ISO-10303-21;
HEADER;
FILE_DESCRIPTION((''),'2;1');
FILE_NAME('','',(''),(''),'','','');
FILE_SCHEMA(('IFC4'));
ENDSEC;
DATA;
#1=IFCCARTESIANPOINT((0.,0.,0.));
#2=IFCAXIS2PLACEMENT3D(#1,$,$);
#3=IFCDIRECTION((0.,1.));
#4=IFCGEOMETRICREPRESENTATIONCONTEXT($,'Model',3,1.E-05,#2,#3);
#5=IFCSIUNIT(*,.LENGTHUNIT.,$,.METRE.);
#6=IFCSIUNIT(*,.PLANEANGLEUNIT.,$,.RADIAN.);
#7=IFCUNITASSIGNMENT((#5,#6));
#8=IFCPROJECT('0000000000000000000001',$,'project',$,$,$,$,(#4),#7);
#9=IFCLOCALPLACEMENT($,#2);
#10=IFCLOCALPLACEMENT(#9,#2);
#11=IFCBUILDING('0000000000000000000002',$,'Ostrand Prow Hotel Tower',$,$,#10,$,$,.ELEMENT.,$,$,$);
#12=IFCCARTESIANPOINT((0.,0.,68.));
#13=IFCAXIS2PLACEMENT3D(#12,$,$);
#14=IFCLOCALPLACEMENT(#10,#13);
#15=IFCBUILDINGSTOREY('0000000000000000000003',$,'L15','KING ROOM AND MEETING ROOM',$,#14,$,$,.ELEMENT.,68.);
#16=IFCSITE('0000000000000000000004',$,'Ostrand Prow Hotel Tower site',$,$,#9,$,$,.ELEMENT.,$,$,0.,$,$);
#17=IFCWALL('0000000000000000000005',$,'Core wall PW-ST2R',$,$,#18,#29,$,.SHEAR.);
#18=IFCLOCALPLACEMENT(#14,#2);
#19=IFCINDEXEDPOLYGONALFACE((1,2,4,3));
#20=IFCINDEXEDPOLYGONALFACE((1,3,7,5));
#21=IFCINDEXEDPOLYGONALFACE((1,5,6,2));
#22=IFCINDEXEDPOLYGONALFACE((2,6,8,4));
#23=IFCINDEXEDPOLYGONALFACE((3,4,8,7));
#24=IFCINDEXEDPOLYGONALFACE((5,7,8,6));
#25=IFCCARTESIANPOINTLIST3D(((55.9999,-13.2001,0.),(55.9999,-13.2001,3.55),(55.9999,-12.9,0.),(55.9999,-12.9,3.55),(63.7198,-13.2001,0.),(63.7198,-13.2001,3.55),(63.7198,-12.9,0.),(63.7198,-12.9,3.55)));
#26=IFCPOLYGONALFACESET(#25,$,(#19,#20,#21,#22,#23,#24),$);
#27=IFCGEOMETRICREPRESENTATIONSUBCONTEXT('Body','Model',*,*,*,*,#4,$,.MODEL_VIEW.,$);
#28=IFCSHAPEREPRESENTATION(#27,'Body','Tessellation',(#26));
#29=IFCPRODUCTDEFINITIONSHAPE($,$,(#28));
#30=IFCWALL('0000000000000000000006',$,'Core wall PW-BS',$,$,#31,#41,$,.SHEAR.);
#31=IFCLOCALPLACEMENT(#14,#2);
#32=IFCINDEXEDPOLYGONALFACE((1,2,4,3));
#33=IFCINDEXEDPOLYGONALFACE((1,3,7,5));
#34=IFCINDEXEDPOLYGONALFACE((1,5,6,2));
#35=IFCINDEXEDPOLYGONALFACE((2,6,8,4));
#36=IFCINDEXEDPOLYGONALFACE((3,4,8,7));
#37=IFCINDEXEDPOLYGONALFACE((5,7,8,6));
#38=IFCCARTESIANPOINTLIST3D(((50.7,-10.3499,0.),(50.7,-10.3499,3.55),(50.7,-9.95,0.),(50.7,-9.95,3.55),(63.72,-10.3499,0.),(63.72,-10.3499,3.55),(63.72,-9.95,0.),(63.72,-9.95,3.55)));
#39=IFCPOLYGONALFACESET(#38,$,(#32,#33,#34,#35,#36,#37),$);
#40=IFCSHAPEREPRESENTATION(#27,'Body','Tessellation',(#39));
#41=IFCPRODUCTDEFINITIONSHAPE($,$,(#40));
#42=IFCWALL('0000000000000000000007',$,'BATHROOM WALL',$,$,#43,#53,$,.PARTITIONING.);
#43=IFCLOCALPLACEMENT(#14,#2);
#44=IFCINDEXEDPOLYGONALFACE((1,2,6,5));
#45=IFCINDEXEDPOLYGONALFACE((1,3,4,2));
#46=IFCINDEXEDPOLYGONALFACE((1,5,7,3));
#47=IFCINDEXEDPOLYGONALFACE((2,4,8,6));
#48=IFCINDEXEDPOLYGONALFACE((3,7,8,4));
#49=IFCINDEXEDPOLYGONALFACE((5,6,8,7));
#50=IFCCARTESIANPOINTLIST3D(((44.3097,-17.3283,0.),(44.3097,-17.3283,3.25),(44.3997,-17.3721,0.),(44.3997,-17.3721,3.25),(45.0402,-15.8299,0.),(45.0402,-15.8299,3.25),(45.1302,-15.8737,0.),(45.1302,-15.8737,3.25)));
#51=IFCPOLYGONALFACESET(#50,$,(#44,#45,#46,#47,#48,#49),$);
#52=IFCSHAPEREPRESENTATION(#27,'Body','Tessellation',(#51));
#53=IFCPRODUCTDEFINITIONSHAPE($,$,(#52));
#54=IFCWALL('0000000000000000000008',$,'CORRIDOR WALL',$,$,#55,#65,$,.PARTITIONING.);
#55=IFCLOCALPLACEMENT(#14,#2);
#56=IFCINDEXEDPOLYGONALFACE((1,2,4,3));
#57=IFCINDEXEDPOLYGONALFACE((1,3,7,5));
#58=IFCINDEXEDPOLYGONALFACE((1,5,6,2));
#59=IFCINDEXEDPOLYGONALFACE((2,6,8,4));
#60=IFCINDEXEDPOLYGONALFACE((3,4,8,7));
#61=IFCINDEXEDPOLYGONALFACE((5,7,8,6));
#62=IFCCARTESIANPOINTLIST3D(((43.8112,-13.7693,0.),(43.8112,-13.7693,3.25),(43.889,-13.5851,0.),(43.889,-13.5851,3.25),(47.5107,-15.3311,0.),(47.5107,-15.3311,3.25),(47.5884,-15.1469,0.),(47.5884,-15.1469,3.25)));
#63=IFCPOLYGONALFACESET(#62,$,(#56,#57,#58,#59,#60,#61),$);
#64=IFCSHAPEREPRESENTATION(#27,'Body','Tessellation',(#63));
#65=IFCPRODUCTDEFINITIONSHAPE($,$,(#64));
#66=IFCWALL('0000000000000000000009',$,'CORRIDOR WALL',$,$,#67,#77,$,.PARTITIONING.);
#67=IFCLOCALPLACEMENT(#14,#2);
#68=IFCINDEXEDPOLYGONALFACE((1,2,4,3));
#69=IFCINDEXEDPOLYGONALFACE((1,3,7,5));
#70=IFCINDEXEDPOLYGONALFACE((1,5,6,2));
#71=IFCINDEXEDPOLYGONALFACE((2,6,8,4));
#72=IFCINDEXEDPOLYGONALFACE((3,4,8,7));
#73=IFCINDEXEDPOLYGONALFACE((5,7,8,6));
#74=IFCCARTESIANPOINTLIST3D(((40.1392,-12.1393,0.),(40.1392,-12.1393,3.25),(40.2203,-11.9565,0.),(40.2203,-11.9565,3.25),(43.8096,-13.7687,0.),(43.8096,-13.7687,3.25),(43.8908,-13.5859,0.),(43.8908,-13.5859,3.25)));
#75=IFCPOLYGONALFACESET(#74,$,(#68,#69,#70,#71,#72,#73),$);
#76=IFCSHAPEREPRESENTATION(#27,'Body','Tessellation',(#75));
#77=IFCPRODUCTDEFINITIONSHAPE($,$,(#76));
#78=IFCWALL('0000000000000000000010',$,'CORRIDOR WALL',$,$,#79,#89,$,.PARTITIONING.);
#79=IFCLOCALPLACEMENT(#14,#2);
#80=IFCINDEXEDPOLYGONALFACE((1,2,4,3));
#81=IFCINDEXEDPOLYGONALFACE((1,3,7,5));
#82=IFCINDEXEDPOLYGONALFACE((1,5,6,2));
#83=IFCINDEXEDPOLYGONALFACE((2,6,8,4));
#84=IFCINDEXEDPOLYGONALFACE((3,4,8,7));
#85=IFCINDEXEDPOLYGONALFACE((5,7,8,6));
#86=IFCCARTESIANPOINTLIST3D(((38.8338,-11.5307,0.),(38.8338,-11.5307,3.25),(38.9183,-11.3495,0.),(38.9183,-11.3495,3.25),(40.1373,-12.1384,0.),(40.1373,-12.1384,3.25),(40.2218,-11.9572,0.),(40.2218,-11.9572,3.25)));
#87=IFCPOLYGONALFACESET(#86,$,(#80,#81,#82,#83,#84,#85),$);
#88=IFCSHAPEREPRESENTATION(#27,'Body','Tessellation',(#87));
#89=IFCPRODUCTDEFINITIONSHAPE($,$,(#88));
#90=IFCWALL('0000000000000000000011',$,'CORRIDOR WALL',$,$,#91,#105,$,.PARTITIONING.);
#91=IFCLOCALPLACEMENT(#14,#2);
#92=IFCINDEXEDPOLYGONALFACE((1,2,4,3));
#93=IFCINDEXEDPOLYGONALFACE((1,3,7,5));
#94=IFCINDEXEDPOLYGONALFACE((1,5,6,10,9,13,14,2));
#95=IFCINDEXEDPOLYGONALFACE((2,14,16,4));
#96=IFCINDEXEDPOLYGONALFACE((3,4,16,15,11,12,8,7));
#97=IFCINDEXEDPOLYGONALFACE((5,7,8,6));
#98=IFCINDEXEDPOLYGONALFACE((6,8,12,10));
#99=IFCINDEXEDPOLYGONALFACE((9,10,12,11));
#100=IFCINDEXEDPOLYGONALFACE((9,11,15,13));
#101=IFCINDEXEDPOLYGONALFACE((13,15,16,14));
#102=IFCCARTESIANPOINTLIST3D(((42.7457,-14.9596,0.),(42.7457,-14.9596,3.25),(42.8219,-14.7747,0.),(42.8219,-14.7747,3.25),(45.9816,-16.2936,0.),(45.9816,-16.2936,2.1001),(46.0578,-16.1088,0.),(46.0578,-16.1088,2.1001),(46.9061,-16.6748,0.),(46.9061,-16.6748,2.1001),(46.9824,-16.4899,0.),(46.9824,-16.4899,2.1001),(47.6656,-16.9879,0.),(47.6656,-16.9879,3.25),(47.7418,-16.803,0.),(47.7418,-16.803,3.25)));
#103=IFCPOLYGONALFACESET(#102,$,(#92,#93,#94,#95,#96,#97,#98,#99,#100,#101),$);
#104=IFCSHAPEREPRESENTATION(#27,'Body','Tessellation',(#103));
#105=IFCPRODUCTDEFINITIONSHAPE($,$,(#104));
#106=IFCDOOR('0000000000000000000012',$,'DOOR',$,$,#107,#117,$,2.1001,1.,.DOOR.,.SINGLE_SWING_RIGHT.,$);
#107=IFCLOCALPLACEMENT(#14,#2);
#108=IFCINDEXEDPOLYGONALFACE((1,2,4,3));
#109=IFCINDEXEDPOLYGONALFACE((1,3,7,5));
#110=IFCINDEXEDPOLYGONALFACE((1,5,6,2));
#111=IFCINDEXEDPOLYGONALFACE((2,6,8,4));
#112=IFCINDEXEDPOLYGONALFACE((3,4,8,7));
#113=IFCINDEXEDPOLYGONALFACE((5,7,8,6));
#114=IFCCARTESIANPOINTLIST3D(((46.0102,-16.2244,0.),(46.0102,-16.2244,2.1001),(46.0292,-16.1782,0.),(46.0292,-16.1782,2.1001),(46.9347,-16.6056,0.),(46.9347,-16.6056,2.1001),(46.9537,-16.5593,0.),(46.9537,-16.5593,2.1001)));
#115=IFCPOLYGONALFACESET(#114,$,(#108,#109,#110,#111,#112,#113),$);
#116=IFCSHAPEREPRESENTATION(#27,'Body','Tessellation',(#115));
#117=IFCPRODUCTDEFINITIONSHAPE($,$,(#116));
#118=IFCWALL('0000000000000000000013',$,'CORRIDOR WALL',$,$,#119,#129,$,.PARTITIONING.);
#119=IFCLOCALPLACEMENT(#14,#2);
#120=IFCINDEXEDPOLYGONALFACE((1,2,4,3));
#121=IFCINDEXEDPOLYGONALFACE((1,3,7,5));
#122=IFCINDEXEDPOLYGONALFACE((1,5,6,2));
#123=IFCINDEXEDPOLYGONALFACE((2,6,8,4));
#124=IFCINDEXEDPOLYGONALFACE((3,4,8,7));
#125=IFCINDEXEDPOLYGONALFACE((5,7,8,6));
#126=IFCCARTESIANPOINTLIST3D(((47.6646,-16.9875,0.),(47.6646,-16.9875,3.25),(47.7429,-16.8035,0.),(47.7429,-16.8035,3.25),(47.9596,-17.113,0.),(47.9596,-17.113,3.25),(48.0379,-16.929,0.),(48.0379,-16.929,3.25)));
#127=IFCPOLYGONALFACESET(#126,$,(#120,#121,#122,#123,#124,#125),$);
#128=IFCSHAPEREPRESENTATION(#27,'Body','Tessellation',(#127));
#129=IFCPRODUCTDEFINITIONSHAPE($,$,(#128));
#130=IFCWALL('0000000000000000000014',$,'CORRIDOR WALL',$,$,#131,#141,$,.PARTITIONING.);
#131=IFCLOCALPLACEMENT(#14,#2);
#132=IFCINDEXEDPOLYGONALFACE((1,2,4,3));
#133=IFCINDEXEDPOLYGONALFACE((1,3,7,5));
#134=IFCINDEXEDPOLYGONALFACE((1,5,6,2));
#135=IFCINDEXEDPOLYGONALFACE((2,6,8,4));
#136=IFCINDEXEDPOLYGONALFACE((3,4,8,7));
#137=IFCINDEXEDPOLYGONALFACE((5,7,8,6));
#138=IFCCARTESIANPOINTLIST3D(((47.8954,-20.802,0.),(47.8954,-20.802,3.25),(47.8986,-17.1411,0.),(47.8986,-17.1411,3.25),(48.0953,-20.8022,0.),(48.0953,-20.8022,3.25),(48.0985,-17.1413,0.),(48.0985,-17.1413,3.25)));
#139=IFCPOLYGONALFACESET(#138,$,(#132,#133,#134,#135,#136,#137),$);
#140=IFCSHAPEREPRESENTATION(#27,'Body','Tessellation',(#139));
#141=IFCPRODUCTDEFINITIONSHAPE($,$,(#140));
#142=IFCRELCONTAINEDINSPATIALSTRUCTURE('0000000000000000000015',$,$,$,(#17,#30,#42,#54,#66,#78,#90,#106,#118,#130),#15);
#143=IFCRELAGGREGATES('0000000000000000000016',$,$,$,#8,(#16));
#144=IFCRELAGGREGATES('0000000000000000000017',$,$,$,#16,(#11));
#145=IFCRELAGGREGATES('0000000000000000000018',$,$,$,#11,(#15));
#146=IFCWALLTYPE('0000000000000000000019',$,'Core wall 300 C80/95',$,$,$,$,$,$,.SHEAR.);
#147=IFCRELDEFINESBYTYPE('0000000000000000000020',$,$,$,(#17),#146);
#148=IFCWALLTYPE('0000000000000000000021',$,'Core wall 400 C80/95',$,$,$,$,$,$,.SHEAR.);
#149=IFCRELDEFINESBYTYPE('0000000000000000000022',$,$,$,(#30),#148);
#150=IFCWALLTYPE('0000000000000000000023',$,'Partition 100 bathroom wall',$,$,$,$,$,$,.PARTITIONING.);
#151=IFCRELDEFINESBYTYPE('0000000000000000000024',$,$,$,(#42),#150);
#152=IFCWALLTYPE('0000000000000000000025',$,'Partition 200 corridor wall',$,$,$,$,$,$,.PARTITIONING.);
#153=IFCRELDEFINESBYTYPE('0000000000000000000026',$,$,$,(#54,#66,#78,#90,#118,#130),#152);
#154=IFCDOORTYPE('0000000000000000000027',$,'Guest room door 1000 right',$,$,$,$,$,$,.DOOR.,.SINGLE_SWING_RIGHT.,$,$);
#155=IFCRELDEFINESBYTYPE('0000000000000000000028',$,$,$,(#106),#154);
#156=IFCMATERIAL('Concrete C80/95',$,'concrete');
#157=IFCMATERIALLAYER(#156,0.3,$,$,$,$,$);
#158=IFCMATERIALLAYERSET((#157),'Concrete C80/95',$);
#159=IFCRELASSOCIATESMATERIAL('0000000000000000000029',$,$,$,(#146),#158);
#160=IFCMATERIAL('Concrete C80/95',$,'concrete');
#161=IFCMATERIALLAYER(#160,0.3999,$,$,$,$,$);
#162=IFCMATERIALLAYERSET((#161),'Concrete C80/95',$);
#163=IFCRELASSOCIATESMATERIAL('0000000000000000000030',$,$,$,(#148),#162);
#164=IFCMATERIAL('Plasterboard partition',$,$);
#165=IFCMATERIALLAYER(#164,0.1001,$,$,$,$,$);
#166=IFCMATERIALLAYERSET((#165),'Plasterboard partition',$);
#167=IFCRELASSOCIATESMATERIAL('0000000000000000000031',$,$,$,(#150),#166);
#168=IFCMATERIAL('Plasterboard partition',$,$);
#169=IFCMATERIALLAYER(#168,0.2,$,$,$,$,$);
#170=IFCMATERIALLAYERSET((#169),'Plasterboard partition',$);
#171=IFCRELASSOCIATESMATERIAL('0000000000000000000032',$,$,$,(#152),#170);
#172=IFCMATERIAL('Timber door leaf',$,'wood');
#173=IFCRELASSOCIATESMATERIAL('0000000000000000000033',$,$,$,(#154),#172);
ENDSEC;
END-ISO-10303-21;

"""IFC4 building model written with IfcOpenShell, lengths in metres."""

from ifc_helpers import new_model, si_unit, direction, frame, frame_2d, origin, place, context, subcontext, project, spatial, rectangle, extrude, material, layer, layer_set, type_object, element, fill, save


model = new_model("IFC4")

# Units and contexts
model_context = context("Model", 3, precision=1e-05, world=origin(), true_north=direction((0.0, 1.0)))
body_context = subcontext(model_context, "Body", "Model", "MODEL_VIEW")
ifc_project = project(units=[si_unit("LENGTHUNIT", "METRE"), si_unit("PLANEANGLEUNIT", "RADIAN")], contexts=[model_context])

# Site, building, storey
site_placement = place(None, origin())
site = spatial("IfcSite", under=ifc_project, at=site_placement, Name="Ostrand Prow Hotel Tower site", CompositionType="ELEMENT", RefElevation=0.0)
building_placement = place(site_placement, origin())
building = spatial("IfcBuilding", under=site, at=building_placement, Name="Ostrand Prow Hotel Tower", CompositionType="ELEMENT")
storey_placement = place(building_placement, frame((0.0, 0.0, 68.0)))
storey = spatial("IfcBuildingStorey", under=building, at=storey_placement, Name="L15", Description="KING ROOM AND MEETING ROOM", CompositionType="ELEMENT", Elevation=68.0)

# Shared definitions
ifc_material_1 = material(Name="Concrete C80/95", Category="concrete")
ifc_layer_1 = layer(ifc_material_1, 0.3)
ifc_layer_set_1 = layer_set([ifc_layer_1], Name="Concrete C80/95")
wall_type_1 = type_object("IfcWallType", Name="Core wall 300 C80/95", PredefinedType="SHEAR", material=ifc_layer_set_1)

# Walls
wall_1_placement = place(storey_placement, frame((56.0, -13.05, 0.0), z_axis=(0.0, 0.0, 1.0), x_axis=(1.0, 0.0, 0.0)))
element("IfcWall", 1, at=wall_1_placement, inside=storey, type_object=wall_type_1, Name="Core wall PW-ST2R", PredefinedType="SHEAR", context=body_context, shape_type="SweptSolid", body=[
    extrude(rectangle(XDim=7.72, YDim=0.3, at=frame_2d((3.8599, 0.0))), origin(), (0.0, 0.0, 1.0), 3.55),
])
ifc_material_2 = material(Name="Concrete C80/95", Category="concrete")
ifc_layer_2 = layer(ifc_material_2, 0.3999)
ifc_layer_set_2 = layer_set([ifc_layer_2], Name="Concrete C80/95")
wall_type_2 = type_object("IfcWallType", Name="Core wall 400 C80/95", PredefinedType="SHEAR", material=ifc_layer_set_2)
wall_2_placement = place(storey_placement, frame((50.7, -10.1499, 0.0), z_axis=(0.0, 0.0, 1.0), x_axis=(1.0, 0.0, 0.0)))
element("IfcWall", 2, at=wall_2_placement, inside=storey, type_object=wall_type_2, Name="Core wall PW-BS", PredefinedType="SHEAR", context=body_context, shape_type="SweptSolid", body=[
    extrude(rectangle(XDim=13.02, YDim=0.3999, at=frame_2d((6.51, 0.0))), origin(), (0.0, 0.0, 1.0), 3.55),
])
ifc_material_3 = material(Name="Plasterboard partition")
ifc_layer_3 = layer(ifc_material_3, 0.1001)
ifc_layer_set_3 = layer_set([ifc_layer_3], Name="Plasterboard partition")
wall_type_3 = type_object("IfcWallType", Name="Partition 100 bathroom wall", PredefinedType="PARTITIONING", material=ifc_layer_set_3)
wall_3_placement = place(storey_placement, frame((45.0852, -15.8518, 0.0), z_axis=(0.0, 0.0, 1.0), x_axis=(-0.438227, -0.898864, 0.0)))
element("IfcWall", 3, at=wall_3_placement, inside=storey, type_object=wall_type_3, Name="BATHROOM WALL", PredefinedType="PARTITIONING", context=body_context, shape_type="SweptSolid", body=[
    extrude(rectangle(XDim=1.667, YDim=0.1001, at=frame_2d((0.8335, 0.0))), origin(), (0.0, 0.0, 1.0), 3.25),
])
ifc_material_4 = material(Name="Plasterboard partition")
ifc_layer_4 = layer(ifc_material_4, 0.2)
ifc_layer_set_4 = layer_set([ifc_layer_4], Name="Plasterboard partition")
wall_type_4 = type_object("IfcWallType", Name="Partition 200 corridor wall", PredefinedType="PARTITIONING", material=ifc_layer_set_4)
wall_4_placement = place(storey_placement, frame((47.5496, -15.239, 0.0), z_axis=(0.0, 0.0, 1.0), x_axis=(-0.92127, 0.388924, 0.0)))
element("IfcWall", 4, at=wall_4_placement, inside=storey, type_object=wall_type_4, Name="CORRIDOR WALL", PredefinedType="PARTITIONING", context=body_context, shape_type="SweptSolid", body=[
    extrude(rectangle(XDim=4.0156, YDim=0.2, at=frame_2d((2.0078, 0.0))), origin(), (0.0, 0.0, 1.0), 3.25),
])
wall_5_placement = place(storey_placement, frame((43.8501, -13.6772, 0.0), z_axis=(0.0, 0.0, 1.0), x_axis=(-0.913987, 0.405744, 0.0)))
element("IfcWall", 5, at=wall_5_placement, inside=storey, type_object=wall_type_4, Name="CORRIDOR WALL", PredefinedType="PARTITIONING", context=body_context, shape_type="SweptSolid", body=[
    extrude(rectangle(XDim=4.0159, YDim=0.2, at=frame_2d((2.0078, 0.0))), origin(), (0.0, 0.0, 1.0), 3.25),
])
wall_6_placement = place(storey_placement, frame((40.1797, -12.0479, 0.0), z_axis=(0.0, 0.0, 1.0), x_axis=(-0.906348, 0.422532, 0.0)))
element("IfcWall", 6, at=wall_6_placement, inside=storey, type_object=wall_type_4, Name="CORRIDOR WALL", PredefinedType="PARTITIONING", context=body_context, shape_type="SweptSolid", body=[
    extrude(rectangle(XDim=1.4382, YDim=0.2, at=frame_2d((0.7192, 0.0))), origin(), (0.0, 0.0, 1.0), 3.25),
])

# Wall, opening, door
wall_7_placement = place(storey_placement, frame((42.7839, -14.8672, 0.0), z_axis=(0.0, 0.0, 1.0), x_axis=(0.924515, -0.381147, 0.0)))
wall_7 = element("IfcWall", 7, at=wall_7_placement, inside=storey, type_object=wall_type_4, Name="CORRIDOR WALL", PredefinedType="PARTITIONING", context=body_context, shape_type="SweptSolid", body=[
    extrude(rectangle(XDim=5.3215, YDim=0.2, at=frame_2d((2.6606, 0.0))), origin(), (0.0, 0.0, 1.0), 3.25),
])
opening_1_placement = place(wall_7_placement, frame((3.5, 0.0, 0.0)))
opening_1 = element("IfcOpeningElement", 8, at=opening_1_placement, cuts=wall_7, PredefinedType="OPENING", context=body_context, shape_type="SweptSolid", body=[
    extrude(rectangle(XDim=1.0, YDim=2.1001, at=frame_2d((0.5, 1.05))), frame((0.0, 0.1099, 0.0), z_axis=(0.0, -1.0, 0.0), x_axis=(1.0, 0.0, 0.0)), (0.0, 0.0, 1.0), 0.22),
])
ifc_material_5 = material(Name="Timber door leaf", Category="wood")
door_type_1 = type_object("IfcDoorType", Name="Guest room door 1000 right", OperationType="SINGLE_SWING_RIGHT", PredefinedType="DOOR", material=ifc_material_5)
door_1_placement = place(opening_1_placement, origin())
door_1 = element("IfcDoor", 9, at=door_1_placement, inside=storey, type_object=door_type_1, Name="DOOR", OperationType="SINGLE_SWING_RIGHT", OverallHeight=2.1001, OverallWidth=1.0, PredefinedType="DOOR", context=body_context, shape_type="SweptSolid", body=[
    extrude(rectangle(XDim=1.0, YDim=2.1001, at=frame_2d((0.5, 1.05))), frame((0.0, 0.0249, 0.0), z_axis=(0.0, -1.0, 0.0), x_axis=(1.0, 0.0, 0.0)), (0.0, 0.0, 1.0), 0.05),
])
fill(opening_1, door_1)

# Walls
wall_8_placement = place(storey_placement, frame((47.7039, -16.8955, 0.0), z_axis=(0.0, 0.0, 1.0), x_axis=(0.920166, -0.391528, 0.0)))
element("IfcWall", 10, at=wall_8_placement, inside=storey, type_object=wall_type_4, Name="CORRIDOR WALL", PredefinedType="PARTITIONING", context=body_context, shape_type="SweptSolid", body=[
    extrude(rectangle(XDim=0.3206, YDim=0.2, at=frame_2d((0.1602, 0.0))), origin(), (0.0, 0.0, 1.0), 3.25),
])
wall_9_placement = place(storey_placement, frame((47.9985, -17.1411, 0.0), z_axis=(0.0, 0.0, 1.0), x_axis=(-0.000867, -1.0, 0.0)))
element("IfcWall", 11, at=wall_9_placement, inside=storey, type_object=wall_type_4, Name="CORRIDOR WALL", PredefinedType="PARTITIONING", context=body_context, shape_type="SweptSolid", body=[
    extrude(rectangle(XDim=3.6609, YDim=0.2, at=frame_2d((1.8306, 0.0))), origin(), (0.0, 0.0, 1.0), 3.25),
])

save(model, "model.ifc")
